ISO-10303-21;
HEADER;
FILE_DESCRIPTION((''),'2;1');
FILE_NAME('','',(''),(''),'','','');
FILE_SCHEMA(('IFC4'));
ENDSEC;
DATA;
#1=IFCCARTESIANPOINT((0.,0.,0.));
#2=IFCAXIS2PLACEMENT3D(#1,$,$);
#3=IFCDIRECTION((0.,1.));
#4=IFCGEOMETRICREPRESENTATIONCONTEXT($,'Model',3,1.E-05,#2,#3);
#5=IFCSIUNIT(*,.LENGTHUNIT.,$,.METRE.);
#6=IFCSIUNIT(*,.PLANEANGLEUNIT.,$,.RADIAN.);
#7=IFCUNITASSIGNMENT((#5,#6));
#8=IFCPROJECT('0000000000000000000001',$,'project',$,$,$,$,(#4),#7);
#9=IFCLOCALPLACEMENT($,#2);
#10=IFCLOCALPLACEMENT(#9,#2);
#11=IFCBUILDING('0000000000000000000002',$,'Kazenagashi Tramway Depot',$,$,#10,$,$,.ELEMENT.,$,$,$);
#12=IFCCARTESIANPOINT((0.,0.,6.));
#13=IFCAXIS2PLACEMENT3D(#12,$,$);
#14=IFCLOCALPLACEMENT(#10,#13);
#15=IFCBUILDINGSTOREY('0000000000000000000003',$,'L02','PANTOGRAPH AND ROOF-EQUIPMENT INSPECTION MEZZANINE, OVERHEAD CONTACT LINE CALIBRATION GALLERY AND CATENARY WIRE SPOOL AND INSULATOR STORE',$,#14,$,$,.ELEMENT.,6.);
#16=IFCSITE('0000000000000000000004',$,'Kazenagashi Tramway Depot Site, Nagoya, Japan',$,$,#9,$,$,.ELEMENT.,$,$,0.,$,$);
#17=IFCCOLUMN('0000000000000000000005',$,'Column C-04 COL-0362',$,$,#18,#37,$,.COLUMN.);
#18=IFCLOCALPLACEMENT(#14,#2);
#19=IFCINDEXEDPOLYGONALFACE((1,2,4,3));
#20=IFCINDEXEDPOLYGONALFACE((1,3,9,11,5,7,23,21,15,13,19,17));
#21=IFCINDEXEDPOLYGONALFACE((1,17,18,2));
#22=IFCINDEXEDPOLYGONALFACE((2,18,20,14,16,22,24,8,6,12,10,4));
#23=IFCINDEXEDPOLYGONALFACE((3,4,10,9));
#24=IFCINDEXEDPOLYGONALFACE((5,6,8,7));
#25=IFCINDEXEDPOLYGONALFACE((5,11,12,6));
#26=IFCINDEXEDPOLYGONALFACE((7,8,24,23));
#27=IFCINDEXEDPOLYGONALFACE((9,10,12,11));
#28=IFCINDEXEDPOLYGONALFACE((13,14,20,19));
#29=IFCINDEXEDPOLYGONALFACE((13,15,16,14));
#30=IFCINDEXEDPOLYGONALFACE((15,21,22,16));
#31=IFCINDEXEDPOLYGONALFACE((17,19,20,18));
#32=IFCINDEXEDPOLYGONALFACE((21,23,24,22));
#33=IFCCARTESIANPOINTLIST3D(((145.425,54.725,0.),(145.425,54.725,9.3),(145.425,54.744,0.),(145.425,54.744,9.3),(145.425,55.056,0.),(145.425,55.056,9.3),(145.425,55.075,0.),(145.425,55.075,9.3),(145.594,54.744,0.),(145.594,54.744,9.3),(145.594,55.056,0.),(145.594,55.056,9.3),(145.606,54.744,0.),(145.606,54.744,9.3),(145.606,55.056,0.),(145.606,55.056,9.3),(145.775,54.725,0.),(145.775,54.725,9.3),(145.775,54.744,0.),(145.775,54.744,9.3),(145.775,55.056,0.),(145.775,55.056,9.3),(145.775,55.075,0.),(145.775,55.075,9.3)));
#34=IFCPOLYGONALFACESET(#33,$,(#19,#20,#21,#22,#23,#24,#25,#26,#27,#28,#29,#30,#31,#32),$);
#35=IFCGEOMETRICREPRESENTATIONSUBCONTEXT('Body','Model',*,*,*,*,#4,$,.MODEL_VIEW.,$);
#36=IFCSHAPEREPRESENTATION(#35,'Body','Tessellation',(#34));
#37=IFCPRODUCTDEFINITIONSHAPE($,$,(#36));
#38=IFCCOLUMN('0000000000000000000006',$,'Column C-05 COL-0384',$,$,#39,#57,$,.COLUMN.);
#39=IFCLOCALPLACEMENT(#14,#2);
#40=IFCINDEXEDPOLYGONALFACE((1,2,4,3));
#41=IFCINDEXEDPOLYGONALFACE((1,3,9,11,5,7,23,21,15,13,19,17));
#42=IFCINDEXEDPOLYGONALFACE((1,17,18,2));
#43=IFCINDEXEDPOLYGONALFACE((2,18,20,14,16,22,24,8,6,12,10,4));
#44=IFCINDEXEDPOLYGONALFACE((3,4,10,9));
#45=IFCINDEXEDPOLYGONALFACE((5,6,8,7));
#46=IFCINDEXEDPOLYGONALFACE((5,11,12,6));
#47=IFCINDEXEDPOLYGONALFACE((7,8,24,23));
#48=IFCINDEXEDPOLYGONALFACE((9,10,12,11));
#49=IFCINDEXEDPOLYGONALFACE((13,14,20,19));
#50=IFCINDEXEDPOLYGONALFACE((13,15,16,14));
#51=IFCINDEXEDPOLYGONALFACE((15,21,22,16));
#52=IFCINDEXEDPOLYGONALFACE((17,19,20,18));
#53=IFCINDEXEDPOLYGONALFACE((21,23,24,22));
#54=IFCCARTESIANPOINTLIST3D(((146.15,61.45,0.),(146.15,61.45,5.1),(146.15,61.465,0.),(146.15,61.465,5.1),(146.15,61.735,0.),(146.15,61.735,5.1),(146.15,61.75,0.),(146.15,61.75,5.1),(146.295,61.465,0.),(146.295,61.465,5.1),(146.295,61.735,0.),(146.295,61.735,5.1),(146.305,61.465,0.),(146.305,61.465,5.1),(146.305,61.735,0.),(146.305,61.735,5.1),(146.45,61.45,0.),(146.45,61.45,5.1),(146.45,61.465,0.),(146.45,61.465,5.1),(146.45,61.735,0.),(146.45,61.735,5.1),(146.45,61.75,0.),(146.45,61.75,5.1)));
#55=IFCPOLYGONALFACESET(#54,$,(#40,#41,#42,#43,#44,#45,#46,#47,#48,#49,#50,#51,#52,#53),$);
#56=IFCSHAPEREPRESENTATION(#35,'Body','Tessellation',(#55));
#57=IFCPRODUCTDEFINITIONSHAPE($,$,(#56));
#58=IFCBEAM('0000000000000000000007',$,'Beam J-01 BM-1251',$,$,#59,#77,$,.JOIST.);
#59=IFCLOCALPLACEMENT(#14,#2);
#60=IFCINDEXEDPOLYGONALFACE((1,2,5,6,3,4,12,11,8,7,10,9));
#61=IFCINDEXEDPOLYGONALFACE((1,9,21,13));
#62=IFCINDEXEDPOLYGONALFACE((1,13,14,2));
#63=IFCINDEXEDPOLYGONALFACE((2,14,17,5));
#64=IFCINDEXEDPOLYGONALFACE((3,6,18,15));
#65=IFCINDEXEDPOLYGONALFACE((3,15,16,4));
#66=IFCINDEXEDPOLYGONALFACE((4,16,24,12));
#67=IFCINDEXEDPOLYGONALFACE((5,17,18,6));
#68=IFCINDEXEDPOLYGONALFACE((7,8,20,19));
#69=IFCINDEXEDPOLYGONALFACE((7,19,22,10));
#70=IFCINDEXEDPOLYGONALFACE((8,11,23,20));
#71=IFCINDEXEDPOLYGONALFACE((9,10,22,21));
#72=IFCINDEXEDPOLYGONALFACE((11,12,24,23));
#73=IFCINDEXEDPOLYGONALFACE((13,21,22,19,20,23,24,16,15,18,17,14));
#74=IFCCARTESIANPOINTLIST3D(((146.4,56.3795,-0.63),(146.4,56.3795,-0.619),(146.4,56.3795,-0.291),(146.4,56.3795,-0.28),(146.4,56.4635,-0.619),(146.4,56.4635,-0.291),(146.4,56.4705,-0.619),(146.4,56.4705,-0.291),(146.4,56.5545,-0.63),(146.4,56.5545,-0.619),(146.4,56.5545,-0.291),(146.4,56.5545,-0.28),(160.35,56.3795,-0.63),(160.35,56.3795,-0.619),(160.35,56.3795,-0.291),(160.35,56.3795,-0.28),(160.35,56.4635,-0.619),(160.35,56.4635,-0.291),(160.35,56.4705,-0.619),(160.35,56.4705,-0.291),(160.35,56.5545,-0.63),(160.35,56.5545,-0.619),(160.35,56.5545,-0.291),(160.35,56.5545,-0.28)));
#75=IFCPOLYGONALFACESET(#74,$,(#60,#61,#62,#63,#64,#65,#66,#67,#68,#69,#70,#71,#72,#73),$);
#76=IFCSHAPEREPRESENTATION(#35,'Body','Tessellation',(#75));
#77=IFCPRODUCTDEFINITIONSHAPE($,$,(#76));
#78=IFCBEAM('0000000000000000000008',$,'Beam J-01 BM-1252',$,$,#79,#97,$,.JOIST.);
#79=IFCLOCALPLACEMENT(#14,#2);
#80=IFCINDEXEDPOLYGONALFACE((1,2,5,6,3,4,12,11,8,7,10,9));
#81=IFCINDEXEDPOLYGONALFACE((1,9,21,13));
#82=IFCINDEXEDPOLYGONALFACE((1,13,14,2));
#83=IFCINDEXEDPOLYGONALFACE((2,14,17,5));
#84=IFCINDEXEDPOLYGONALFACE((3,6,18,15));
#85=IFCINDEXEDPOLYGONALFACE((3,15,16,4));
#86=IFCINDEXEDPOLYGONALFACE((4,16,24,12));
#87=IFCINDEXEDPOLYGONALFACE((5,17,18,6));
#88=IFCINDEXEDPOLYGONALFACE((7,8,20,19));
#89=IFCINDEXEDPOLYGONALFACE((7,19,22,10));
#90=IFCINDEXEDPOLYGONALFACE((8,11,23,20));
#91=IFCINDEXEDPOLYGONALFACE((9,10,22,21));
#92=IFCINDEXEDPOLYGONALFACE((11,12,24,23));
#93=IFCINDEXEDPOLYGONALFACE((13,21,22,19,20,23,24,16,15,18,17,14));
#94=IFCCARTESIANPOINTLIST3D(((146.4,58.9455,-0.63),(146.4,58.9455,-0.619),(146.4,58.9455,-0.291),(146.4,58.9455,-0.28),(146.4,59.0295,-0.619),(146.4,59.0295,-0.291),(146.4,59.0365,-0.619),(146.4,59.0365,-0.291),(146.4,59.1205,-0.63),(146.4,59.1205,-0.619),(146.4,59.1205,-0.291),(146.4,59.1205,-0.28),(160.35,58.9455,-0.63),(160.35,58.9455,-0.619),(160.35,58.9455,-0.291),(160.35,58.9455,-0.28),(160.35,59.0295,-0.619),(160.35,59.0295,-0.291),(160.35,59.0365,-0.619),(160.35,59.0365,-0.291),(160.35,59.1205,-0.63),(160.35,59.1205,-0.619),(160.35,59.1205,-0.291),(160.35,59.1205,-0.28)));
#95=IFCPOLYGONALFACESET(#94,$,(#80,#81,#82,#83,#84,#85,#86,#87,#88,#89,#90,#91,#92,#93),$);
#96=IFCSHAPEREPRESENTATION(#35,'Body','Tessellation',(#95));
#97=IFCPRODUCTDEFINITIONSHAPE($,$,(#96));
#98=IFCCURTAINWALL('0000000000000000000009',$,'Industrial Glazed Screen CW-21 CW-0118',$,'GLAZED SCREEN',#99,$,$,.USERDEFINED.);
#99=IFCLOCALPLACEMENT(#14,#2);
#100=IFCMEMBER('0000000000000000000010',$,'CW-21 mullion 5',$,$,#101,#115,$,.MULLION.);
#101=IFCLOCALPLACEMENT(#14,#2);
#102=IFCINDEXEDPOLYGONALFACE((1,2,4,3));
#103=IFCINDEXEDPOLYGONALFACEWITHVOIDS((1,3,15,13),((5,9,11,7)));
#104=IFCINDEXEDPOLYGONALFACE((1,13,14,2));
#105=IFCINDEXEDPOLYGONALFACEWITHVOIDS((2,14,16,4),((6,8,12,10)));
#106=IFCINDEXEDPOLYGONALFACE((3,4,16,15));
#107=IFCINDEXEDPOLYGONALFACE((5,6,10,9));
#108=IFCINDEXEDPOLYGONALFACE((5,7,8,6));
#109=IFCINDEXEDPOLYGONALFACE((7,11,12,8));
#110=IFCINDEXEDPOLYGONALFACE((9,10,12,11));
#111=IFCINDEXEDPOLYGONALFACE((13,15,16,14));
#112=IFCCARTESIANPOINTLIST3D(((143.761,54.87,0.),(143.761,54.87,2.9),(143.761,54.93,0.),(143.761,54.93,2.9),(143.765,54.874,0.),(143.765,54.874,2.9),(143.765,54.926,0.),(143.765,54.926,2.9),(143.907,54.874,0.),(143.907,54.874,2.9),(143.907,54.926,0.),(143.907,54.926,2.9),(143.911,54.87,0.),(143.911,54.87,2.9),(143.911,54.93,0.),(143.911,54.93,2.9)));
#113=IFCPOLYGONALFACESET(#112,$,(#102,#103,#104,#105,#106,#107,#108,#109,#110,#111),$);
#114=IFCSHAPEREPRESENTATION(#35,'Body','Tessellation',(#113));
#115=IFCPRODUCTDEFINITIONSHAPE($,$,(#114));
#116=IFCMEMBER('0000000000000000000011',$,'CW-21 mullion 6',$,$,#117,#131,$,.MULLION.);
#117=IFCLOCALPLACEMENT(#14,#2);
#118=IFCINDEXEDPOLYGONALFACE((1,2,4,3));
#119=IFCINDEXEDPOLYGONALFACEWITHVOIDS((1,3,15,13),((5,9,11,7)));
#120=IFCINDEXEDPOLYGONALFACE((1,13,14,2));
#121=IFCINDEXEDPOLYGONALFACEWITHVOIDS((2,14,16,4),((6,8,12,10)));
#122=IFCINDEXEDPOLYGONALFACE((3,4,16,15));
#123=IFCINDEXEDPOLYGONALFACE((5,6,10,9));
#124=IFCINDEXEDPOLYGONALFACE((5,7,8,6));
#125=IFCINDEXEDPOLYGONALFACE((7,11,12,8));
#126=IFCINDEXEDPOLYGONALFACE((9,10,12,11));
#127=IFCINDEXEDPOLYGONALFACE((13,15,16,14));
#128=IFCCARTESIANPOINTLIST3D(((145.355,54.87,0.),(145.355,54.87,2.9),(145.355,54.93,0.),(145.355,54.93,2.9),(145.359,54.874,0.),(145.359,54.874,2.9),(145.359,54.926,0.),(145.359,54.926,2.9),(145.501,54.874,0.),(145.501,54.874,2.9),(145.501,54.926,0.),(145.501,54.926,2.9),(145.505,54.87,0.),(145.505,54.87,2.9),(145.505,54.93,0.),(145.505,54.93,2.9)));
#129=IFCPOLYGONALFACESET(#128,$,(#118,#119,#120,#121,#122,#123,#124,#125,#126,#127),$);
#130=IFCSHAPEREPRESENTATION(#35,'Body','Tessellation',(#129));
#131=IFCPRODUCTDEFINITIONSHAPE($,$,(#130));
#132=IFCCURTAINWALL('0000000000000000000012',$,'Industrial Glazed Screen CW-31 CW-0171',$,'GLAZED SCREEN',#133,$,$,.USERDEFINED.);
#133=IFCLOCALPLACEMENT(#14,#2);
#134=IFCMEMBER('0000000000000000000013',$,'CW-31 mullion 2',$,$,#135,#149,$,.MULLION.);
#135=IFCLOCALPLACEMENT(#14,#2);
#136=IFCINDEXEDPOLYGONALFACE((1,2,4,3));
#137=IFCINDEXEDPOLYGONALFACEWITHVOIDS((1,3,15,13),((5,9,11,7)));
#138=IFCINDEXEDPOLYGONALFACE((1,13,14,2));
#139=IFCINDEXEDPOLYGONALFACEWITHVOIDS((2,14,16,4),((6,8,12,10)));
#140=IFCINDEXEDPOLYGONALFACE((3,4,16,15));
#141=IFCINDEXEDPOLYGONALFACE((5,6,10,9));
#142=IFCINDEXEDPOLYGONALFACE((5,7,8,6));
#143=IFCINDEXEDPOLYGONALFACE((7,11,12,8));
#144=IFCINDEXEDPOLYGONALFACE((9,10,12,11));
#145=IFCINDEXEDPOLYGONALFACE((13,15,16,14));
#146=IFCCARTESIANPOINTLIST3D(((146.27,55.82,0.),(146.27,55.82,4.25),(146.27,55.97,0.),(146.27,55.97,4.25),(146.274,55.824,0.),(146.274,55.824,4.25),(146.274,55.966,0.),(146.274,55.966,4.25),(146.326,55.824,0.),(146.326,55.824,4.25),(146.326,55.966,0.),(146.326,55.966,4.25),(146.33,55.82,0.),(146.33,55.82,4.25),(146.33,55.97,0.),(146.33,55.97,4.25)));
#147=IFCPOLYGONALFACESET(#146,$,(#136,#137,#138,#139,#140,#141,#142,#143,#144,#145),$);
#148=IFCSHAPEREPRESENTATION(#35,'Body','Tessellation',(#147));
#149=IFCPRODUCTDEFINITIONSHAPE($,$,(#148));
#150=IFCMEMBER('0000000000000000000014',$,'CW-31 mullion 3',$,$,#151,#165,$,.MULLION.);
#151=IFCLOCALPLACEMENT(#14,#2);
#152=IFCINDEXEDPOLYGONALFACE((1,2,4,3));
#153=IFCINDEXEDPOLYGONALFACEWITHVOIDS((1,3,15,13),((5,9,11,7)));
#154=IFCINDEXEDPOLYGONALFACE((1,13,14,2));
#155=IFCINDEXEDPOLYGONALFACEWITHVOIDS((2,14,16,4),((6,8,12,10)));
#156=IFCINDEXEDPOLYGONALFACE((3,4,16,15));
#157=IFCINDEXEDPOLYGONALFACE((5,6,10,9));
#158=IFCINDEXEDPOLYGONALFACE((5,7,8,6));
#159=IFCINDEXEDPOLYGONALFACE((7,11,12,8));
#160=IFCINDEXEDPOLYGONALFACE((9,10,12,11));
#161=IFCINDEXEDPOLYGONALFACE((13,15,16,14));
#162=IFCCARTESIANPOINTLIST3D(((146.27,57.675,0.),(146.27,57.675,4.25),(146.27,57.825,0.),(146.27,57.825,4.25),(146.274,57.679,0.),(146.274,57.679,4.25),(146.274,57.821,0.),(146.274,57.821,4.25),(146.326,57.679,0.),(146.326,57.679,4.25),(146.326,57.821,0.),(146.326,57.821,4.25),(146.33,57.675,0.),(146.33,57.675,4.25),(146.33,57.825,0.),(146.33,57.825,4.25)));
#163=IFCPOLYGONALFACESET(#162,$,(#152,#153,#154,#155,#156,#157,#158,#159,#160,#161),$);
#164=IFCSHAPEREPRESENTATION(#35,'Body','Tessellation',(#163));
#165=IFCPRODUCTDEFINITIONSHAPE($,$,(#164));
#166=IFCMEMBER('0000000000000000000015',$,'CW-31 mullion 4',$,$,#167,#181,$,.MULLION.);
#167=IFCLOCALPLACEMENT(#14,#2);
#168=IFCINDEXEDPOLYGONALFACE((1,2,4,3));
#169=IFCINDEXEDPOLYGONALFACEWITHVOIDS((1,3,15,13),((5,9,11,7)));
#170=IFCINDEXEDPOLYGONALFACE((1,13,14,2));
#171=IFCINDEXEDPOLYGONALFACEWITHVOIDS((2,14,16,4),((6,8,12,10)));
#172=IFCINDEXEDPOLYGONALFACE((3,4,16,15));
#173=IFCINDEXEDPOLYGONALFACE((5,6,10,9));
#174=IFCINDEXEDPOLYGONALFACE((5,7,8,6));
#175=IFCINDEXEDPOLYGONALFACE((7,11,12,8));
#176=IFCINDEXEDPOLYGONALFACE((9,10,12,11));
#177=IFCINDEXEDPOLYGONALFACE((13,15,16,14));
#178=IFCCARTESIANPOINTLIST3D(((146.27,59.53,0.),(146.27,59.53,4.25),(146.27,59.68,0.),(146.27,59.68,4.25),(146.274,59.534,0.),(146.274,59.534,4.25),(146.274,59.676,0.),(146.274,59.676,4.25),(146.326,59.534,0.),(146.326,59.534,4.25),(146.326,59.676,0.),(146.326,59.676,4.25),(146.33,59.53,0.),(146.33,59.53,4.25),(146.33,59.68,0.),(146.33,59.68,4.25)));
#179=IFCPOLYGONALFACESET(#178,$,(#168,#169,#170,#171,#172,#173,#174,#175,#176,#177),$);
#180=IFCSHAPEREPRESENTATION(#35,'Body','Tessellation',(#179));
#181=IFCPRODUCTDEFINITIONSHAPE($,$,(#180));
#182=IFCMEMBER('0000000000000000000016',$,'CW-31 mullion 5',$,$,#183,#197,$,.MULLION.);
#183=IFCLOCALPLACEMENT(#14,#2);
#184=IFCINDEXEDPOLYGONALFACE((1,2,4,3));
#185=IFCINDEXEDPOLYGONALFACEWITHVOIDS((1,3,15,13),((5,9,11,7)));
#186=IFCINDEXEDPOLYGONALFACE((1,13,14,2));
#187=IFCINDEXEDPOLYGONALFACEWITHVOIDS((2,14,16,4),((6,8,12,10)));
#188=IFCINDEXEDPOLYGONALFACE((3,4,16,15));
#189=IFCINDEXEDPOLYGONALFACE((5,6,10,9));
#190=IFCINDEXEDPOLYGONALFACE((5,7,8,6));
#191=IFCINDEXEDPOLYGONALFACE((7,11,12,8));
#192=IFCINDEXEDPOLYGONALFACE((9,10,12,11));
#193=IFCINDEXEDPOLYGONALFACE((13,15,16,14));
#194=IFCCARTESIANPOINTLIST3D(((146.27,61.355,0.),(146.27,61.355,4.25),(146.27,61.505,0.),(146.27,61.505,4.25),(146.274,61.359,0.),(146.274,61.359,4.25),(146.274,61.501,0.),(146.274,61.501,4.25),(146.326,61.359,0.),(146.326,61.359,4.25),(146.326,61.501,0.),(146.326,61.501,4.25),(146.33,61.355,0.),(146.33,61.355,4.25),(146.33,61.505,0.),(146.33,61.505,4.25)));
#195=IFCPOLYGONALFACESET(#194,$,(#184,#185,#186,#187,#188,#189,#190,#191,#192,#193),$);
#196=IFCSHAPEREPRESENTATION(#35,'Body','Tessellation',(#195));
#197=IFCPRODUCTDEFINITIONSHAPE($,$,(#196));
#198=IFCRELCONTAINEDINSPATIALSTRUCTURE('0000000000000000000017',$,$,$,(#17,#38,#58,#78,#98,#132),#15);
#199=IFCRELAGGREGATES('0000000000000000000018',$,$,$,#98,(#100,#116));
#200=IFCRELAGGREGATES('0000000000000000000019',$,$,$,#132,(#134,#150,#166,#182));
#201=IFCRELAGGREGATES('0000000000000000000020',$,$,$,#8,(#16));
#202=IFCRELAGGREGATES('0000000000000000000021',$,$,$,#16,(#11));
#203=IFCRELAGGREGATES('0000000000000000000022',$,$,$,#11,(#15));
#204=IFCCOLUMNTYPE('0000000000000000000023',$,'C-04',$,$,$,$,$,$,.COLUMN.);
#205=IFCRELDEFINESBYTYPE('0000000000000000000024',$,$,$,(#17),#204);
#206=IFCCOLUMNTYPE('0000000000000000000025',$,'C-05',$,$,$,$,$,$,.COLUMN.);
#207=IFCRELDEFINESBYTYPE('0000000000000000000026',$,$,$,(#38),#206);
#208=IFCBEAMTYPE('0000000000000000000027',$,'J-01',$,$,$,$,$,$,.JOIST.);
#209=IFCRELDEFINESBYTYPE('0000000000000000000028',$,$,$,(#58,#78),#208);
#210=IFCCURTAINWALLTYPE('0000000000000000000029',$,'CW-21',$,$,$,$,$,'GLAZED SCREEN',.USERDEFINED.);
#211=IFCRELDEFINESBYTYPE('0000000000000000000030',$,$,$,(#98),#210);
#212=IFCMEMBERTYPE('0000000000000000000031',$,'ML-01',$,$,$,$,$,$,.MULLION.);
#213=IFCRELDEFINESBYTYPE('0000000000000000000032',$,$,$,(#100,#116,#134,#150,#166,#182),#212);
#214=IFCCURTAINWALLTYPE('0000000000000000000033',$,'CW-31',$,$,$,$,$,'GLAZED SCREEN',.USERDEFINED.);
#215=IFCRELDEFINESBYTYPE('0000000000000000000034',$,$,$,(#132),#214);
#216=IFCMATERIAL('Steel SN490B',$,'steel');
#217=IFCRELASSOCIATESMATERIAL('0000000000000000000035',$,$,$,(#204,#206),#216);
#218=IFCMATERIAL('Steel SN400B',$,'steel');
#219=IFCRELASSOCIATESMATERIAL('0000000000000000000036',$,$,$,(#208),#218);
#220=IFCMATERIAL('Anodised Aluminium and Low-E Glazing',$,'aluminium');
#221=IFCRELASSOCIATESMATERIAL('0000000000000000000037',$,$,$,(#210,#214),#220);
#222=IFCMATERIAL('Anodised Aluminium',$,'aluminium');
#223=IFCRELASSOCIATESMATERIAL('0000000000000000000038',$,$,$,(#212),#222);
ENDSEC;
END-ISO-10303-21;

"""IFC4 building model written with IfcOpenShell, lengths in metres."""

from ifc_helpers import new_model, si_unit, direction, frame, origin, origin_2d, place, context, subcontext, project, spatial, hollow_rectangle, i_section, extrude, material, material_profile, profile_set, type_object, element, aggregate, save


model = new_model("IFC4")

# Units and contexts
model_context = context("Model", 3, precision=1e-05, world=origin(), true_north=direction((0.0, 1.0)))
body_context = subcontext(model_context, "Body", "Model", "MODEL_VIEW")
ifc_project = project(units=[si_unit("LENGTHUNIT", "METRE"), si_unit("PLANEANGLEUNIT", "RADIAN")], contexts=[model_context])

# Site, building, storey
site_placement = place(None, origin())
site = spatial("IfcSite", under=ifc_project, at=site_placement, Name="Kazenagashi Tramway Depot Site, Nagoya, Japan", CompositionType="ELEMENT", RefElevation=0.0)
building_placement = place(site_placement, origin())
building = spatial("IfcBuilding", under=site, at=building_placement, Name="Kazenagashi Tramway Depot", CompositionType="ELEMENT")
storey_placement = place(building_placement, frame((0.0, 0.0, 6.0)))
storey = spatial("IfcBuildingStorey", under=building, at=storey_placement, Name="L02", Description="PANTOGRAPH AND ROOF-EQUIPMENT INSPECTION MEZZANINE, OVERHEAD CONTACT LINE CALIBRATION GALLERY AND CATENARY WIRE SPOOL AND INSULATOR STORE", CompositionType="ELEMENT", Elevation=6.0)

# Columns
ifc_material_1 = material(Name="Steel SN490B", Category="steel")
ifc_material_profile_1 = material_profile(ifc_material_1, i_section(OverallWidth=0.35, OverallDepth=0.35, WebThickness=0.012, FlangeThickness=0.019, at=origin_2d()), Name="H-350x350x12x19")
ifc_profile_set_1 = profile_set([ifc_material_profile_1], Name="Steel SN490B")
column_type_1 = type_object("IfcColumnType", Name="C-04", PredefinedType="COLUMN", material=ifc_profile_set_1)
column_1_placement = place(storey_placement, frame((145.6, 54.9, 0.0), z_axis=(0.0, 0.0, 1.0), x_axis=(1.0, 0.0, 0.0)))
element("IfcColumn", 1, at=column_1_placement, inside=storey, type_object=column_type_1, Name="Column C-04 COL-0362", PredefinedType="COLUMN", context=body_context, shape_type="SweptSolid", body=[
    extrude(i_section(OverallWidth=0.35, OverallDepth=0.35, WebThickness=0.012, FlangeThickness=0.019, at=origin_2d()), origin(), (0.0, 0.0, 1.0), 9.3),
])
ifc_material_profile_2 = material_profile(ifc_material_1, i_section(OverallWidth=0.3, OverallDepth=0.3, WebThickness=0.01, FlangeThickness=0.015, at=origin_2d()), Name="H-300x300x10x15")
ifc_profile_set_2 = profile_set([ifc_material_profile_2], Name="Steel SN490B")
column_type_2 = type_object("IfcColumnType", Name="C-05", PredefinedType="COLUMN", material=ifc_profile_set_2)
column_2_placement = place(storey_placement, frame((146.3, 61.6, 0.0), z_axis=(0.0, 0.0, 1.0), x_axis=(1.0, 0.0, 0.0)))
element("IfcColumn", 2, at=column_2_placement, inside=storey, type_object=column_type_2, Name="Column C-05 COL-0384", PredefinedType="COLUMN", context=body_context, shape_type="SweptSolid", body=[
    extrude(i_section(OverallWidth=0.3, OverallDepth=0.3, WebThickness=0.01, FlangeThickness=0.015, at=origin_2d()), origin(), (0.0, 0.0, 1.0), 5.1),
])

# Beams
ifc_material_2 = material(Name="Steel SN400B", Category="steel")
ifc_material_profile_3 = material_profile(ifc_material_2, i_section(OverallWidth=0.175, OverallDepth=0.35, WebThickness=0.007, FlangeThickness=0.011, at=origin_2d()), Name="H-350x175x7x11")
ifc_profile_set_3 = profile_set([ifc_material_profile_3], Name="Steel SN400B")
beam_type = type_object("IfcBeamType", Name="J-01", PredefinedType="JOIST", material=ifc_profile_set_3)
for number, where, z_axis, x_axis, name in (
    (3, (146.4, 56.467, -0.455), (1.0, 0.0, 0.0), (0.0, 1.0, 0.0), "Beam J-01 BM-1251"),
    (4, (146.4, 59.033, -0.455), (1.0, 0.0, 0.0), (0.0, 1.0, 0.0), "Beam J-01 BM-1252"),
):
    element("IfcBeam", number, at=place(storey_placement, frame(where, z_axis=z_axis, x_axis=x_axis)), inside=storey, type_object=beam_type, Name=name, PredefinedType="JOIST", context=body_context, shape_type="SweptSolid", body=[
        extrude(i_section(OverallWidth=0.175, OverallDepth=0.35, WebThickness=0.007, FlangeThickness=0.011, at=origin_2d()), origin(), (0.0, 0.0, 1.0), 13.95),
    ])

# Curtain walls, members
ifc_material_3 = material(Name="Anodised Aluminium and Low-E Glazing", Category="aluminium")
curtain_wall_type_1 = type_object("IfcCurtainWallType", Name="CW-21", ElementType="GLAZED SCREEN", PredefinedType="USERDEFINED", material=ifc_material_3)
curtain_wall_1_placement = place(storey_placement, origin())
curtain_wall_1 = element("IfcCurtainWall", 5, at=curtain_wall_1_placement, inside=storey, type_object=curtain_wall_type_1, Name="Industrial Glazed Screen CW-21 CW-0118", ObjectType="GLAZED SCREEN", PredefinedType="USERDEFINED")
ifc_material_4 = material(Name="Anodised Aluminium", Category="aluminium")
ifc_material_profile_4 = material_profile(ifc_material_4, hollow_rectangle(XDim=0.06, YDim=0.15, WallThickness=0.004, at=origin_2d()), Name="RHS-150x60x4")
ifc_profile_set_4 = profile_set([ifc_material_profile_4], Name="Anodised Aluminium")
member_type_1 = type_object("IfcMemberType", Name="ML-01", PredefinedType="MULLION", material=ifc_profile_set_4)
member_1_placement = place(storey_placement, frame((143.836, 54.9, 0.0), z_axis=(0.0, 0.0, 1.0), x_axis=(0.0, 1.0, 0.0)))
member_1 = element("IfcMember", 6, at=member_1_placement, type_object=member_type_1, Name="CW-21 mullion 5", PredefinedType="MULLION", context=body_context, shape_type="SweptSolid", body=[
    extrude(hollow_rectangle(XDim=0.06, YDim=0.15, WallThickness=0.004, at=origin_2d()), origin(), (0.0, 0.0, 1.0), 2.9),
])
member_2_placement = place(storey_placement, frame((145.43, 54.9, 0.0), z_axis=(0.0, 0.0, 1.0), x_axis=(0.0, 1.0, 0.0)))
member_2 = element("IfcMember", 7, at=member_2_placement, type_object=member_type_1, Name="CW-21 mullion 6", PredefinedType="MULLION", context=body_context, shape_type="SweptSolid", body=[
    extrude(hollow_rectangle(XDim=0.06, YDim=0.15, WallThickness=0.004, at=origin_2d()), origin(), (0.0, 0.0, 1.0), 2.9),
])
curtain_wall_type_2 = type_object("IfcCurtainWallType", Name="CW-31", ElementType="GLAZED SCREEN", PredefinedType="USERDEFINED", material=ifc_material_3)
curtain_wall_2_placement = place(storey_placement, origin())
curtain_wall_2 = element("IfcCurtainWall", 8, at=curtain_wall_2_placement, inside=storey, type_object=curtain_wall_type_2, Name="Industrial Glazed Screen CW-31 CW-0171", ObjectType="GLAZED SCREEN", PredefinedType="USERDEFINED")
member_3_placement = place(storey_placement, frame((146.3, 55.895, 0.0), z_axis=(0.0, 0.0, 1.0), x_axis=(-1.0, 0.0, 0.0)))
member_3 = element("IfcMember", 9, at=member_3_placement, type_object=member_type_1, Name="CW-31 mullion 2", PredefinedType="MULLION", context=body_context, shape_type="SweptSolid", body=[
    extrude(hollow_rectangle(XDim=0.06, YDim=0.15, WallThickness=0.004, at=origin_2d()), origin(), (0.0, 0.0, 1.0), 4.25),
])
member_4_placement = place(storey_placement, frame((146.3, 57.75, 0.0), z_axis=(0.0, 0.0, 1.0), x_axis=(-1.0, 0.0, 0.0)))
member_4 = element("IfcMember", 10, at=member_4_placement, type_object=member_type_1, Name="CW-31 mullion 3", PredefinedType="MULLION", context=body_context, shape_type="SweptSolid", body=[
    extrude(hollow_rectangle(XDim=0.06, YDim=0.15, WallThickness=0.004, at=origin_2d()), origin(), (0.0, 0.0, 1.0), 4.25),
])
member_5_placement = place(storey_placement, frame((146.3, 59.605, 0.0), z_axis=(0.0, 0.0, 1.0), x_axis=(-1.0, 0.0, 0.0)))
member_5 = element("IfcMember", 11, at=member_5_placement, type_object=member_type_1, Name="CW-31 mullion 4", PredefinedType="MULLION", context=body_context, shape_type="SweptSolid", body=[
    extrude(hollow_rectangle(XDim=0.06, YDim=0.15, WallThickness=0.004, at=origin_2d()), origin(), (0.0, 0.0, 1.0), 4.25),
])
member_6_placement = place(storey_placement, frame((146.3, 61.43, 0.0), z_axis=(0.0, 0.0, 1.0), x_axis=(-1.0, 0.0, 0.0)))
member_6 = element("IfcMember", 12, at=member_6_placement, type_object=member_type_1, Name="CW-31 mullion 5", PredefinedType="MULLION", context=body_context, shape_type="SweptSolid", body=[
    extrude(hollow_rectangle(XDim=0.06, YDim=0.15, WallThickness=0.004, at=origin_2d()), origin(), (0.0, 0.0, 1.0), 4.25),
])

aggregate(curtain_wall_1, [member_1, member_2])
aggregate(curtain_wall_2, [member_3, member_4, member_5, member_6])

save(model, "model.ifc")
